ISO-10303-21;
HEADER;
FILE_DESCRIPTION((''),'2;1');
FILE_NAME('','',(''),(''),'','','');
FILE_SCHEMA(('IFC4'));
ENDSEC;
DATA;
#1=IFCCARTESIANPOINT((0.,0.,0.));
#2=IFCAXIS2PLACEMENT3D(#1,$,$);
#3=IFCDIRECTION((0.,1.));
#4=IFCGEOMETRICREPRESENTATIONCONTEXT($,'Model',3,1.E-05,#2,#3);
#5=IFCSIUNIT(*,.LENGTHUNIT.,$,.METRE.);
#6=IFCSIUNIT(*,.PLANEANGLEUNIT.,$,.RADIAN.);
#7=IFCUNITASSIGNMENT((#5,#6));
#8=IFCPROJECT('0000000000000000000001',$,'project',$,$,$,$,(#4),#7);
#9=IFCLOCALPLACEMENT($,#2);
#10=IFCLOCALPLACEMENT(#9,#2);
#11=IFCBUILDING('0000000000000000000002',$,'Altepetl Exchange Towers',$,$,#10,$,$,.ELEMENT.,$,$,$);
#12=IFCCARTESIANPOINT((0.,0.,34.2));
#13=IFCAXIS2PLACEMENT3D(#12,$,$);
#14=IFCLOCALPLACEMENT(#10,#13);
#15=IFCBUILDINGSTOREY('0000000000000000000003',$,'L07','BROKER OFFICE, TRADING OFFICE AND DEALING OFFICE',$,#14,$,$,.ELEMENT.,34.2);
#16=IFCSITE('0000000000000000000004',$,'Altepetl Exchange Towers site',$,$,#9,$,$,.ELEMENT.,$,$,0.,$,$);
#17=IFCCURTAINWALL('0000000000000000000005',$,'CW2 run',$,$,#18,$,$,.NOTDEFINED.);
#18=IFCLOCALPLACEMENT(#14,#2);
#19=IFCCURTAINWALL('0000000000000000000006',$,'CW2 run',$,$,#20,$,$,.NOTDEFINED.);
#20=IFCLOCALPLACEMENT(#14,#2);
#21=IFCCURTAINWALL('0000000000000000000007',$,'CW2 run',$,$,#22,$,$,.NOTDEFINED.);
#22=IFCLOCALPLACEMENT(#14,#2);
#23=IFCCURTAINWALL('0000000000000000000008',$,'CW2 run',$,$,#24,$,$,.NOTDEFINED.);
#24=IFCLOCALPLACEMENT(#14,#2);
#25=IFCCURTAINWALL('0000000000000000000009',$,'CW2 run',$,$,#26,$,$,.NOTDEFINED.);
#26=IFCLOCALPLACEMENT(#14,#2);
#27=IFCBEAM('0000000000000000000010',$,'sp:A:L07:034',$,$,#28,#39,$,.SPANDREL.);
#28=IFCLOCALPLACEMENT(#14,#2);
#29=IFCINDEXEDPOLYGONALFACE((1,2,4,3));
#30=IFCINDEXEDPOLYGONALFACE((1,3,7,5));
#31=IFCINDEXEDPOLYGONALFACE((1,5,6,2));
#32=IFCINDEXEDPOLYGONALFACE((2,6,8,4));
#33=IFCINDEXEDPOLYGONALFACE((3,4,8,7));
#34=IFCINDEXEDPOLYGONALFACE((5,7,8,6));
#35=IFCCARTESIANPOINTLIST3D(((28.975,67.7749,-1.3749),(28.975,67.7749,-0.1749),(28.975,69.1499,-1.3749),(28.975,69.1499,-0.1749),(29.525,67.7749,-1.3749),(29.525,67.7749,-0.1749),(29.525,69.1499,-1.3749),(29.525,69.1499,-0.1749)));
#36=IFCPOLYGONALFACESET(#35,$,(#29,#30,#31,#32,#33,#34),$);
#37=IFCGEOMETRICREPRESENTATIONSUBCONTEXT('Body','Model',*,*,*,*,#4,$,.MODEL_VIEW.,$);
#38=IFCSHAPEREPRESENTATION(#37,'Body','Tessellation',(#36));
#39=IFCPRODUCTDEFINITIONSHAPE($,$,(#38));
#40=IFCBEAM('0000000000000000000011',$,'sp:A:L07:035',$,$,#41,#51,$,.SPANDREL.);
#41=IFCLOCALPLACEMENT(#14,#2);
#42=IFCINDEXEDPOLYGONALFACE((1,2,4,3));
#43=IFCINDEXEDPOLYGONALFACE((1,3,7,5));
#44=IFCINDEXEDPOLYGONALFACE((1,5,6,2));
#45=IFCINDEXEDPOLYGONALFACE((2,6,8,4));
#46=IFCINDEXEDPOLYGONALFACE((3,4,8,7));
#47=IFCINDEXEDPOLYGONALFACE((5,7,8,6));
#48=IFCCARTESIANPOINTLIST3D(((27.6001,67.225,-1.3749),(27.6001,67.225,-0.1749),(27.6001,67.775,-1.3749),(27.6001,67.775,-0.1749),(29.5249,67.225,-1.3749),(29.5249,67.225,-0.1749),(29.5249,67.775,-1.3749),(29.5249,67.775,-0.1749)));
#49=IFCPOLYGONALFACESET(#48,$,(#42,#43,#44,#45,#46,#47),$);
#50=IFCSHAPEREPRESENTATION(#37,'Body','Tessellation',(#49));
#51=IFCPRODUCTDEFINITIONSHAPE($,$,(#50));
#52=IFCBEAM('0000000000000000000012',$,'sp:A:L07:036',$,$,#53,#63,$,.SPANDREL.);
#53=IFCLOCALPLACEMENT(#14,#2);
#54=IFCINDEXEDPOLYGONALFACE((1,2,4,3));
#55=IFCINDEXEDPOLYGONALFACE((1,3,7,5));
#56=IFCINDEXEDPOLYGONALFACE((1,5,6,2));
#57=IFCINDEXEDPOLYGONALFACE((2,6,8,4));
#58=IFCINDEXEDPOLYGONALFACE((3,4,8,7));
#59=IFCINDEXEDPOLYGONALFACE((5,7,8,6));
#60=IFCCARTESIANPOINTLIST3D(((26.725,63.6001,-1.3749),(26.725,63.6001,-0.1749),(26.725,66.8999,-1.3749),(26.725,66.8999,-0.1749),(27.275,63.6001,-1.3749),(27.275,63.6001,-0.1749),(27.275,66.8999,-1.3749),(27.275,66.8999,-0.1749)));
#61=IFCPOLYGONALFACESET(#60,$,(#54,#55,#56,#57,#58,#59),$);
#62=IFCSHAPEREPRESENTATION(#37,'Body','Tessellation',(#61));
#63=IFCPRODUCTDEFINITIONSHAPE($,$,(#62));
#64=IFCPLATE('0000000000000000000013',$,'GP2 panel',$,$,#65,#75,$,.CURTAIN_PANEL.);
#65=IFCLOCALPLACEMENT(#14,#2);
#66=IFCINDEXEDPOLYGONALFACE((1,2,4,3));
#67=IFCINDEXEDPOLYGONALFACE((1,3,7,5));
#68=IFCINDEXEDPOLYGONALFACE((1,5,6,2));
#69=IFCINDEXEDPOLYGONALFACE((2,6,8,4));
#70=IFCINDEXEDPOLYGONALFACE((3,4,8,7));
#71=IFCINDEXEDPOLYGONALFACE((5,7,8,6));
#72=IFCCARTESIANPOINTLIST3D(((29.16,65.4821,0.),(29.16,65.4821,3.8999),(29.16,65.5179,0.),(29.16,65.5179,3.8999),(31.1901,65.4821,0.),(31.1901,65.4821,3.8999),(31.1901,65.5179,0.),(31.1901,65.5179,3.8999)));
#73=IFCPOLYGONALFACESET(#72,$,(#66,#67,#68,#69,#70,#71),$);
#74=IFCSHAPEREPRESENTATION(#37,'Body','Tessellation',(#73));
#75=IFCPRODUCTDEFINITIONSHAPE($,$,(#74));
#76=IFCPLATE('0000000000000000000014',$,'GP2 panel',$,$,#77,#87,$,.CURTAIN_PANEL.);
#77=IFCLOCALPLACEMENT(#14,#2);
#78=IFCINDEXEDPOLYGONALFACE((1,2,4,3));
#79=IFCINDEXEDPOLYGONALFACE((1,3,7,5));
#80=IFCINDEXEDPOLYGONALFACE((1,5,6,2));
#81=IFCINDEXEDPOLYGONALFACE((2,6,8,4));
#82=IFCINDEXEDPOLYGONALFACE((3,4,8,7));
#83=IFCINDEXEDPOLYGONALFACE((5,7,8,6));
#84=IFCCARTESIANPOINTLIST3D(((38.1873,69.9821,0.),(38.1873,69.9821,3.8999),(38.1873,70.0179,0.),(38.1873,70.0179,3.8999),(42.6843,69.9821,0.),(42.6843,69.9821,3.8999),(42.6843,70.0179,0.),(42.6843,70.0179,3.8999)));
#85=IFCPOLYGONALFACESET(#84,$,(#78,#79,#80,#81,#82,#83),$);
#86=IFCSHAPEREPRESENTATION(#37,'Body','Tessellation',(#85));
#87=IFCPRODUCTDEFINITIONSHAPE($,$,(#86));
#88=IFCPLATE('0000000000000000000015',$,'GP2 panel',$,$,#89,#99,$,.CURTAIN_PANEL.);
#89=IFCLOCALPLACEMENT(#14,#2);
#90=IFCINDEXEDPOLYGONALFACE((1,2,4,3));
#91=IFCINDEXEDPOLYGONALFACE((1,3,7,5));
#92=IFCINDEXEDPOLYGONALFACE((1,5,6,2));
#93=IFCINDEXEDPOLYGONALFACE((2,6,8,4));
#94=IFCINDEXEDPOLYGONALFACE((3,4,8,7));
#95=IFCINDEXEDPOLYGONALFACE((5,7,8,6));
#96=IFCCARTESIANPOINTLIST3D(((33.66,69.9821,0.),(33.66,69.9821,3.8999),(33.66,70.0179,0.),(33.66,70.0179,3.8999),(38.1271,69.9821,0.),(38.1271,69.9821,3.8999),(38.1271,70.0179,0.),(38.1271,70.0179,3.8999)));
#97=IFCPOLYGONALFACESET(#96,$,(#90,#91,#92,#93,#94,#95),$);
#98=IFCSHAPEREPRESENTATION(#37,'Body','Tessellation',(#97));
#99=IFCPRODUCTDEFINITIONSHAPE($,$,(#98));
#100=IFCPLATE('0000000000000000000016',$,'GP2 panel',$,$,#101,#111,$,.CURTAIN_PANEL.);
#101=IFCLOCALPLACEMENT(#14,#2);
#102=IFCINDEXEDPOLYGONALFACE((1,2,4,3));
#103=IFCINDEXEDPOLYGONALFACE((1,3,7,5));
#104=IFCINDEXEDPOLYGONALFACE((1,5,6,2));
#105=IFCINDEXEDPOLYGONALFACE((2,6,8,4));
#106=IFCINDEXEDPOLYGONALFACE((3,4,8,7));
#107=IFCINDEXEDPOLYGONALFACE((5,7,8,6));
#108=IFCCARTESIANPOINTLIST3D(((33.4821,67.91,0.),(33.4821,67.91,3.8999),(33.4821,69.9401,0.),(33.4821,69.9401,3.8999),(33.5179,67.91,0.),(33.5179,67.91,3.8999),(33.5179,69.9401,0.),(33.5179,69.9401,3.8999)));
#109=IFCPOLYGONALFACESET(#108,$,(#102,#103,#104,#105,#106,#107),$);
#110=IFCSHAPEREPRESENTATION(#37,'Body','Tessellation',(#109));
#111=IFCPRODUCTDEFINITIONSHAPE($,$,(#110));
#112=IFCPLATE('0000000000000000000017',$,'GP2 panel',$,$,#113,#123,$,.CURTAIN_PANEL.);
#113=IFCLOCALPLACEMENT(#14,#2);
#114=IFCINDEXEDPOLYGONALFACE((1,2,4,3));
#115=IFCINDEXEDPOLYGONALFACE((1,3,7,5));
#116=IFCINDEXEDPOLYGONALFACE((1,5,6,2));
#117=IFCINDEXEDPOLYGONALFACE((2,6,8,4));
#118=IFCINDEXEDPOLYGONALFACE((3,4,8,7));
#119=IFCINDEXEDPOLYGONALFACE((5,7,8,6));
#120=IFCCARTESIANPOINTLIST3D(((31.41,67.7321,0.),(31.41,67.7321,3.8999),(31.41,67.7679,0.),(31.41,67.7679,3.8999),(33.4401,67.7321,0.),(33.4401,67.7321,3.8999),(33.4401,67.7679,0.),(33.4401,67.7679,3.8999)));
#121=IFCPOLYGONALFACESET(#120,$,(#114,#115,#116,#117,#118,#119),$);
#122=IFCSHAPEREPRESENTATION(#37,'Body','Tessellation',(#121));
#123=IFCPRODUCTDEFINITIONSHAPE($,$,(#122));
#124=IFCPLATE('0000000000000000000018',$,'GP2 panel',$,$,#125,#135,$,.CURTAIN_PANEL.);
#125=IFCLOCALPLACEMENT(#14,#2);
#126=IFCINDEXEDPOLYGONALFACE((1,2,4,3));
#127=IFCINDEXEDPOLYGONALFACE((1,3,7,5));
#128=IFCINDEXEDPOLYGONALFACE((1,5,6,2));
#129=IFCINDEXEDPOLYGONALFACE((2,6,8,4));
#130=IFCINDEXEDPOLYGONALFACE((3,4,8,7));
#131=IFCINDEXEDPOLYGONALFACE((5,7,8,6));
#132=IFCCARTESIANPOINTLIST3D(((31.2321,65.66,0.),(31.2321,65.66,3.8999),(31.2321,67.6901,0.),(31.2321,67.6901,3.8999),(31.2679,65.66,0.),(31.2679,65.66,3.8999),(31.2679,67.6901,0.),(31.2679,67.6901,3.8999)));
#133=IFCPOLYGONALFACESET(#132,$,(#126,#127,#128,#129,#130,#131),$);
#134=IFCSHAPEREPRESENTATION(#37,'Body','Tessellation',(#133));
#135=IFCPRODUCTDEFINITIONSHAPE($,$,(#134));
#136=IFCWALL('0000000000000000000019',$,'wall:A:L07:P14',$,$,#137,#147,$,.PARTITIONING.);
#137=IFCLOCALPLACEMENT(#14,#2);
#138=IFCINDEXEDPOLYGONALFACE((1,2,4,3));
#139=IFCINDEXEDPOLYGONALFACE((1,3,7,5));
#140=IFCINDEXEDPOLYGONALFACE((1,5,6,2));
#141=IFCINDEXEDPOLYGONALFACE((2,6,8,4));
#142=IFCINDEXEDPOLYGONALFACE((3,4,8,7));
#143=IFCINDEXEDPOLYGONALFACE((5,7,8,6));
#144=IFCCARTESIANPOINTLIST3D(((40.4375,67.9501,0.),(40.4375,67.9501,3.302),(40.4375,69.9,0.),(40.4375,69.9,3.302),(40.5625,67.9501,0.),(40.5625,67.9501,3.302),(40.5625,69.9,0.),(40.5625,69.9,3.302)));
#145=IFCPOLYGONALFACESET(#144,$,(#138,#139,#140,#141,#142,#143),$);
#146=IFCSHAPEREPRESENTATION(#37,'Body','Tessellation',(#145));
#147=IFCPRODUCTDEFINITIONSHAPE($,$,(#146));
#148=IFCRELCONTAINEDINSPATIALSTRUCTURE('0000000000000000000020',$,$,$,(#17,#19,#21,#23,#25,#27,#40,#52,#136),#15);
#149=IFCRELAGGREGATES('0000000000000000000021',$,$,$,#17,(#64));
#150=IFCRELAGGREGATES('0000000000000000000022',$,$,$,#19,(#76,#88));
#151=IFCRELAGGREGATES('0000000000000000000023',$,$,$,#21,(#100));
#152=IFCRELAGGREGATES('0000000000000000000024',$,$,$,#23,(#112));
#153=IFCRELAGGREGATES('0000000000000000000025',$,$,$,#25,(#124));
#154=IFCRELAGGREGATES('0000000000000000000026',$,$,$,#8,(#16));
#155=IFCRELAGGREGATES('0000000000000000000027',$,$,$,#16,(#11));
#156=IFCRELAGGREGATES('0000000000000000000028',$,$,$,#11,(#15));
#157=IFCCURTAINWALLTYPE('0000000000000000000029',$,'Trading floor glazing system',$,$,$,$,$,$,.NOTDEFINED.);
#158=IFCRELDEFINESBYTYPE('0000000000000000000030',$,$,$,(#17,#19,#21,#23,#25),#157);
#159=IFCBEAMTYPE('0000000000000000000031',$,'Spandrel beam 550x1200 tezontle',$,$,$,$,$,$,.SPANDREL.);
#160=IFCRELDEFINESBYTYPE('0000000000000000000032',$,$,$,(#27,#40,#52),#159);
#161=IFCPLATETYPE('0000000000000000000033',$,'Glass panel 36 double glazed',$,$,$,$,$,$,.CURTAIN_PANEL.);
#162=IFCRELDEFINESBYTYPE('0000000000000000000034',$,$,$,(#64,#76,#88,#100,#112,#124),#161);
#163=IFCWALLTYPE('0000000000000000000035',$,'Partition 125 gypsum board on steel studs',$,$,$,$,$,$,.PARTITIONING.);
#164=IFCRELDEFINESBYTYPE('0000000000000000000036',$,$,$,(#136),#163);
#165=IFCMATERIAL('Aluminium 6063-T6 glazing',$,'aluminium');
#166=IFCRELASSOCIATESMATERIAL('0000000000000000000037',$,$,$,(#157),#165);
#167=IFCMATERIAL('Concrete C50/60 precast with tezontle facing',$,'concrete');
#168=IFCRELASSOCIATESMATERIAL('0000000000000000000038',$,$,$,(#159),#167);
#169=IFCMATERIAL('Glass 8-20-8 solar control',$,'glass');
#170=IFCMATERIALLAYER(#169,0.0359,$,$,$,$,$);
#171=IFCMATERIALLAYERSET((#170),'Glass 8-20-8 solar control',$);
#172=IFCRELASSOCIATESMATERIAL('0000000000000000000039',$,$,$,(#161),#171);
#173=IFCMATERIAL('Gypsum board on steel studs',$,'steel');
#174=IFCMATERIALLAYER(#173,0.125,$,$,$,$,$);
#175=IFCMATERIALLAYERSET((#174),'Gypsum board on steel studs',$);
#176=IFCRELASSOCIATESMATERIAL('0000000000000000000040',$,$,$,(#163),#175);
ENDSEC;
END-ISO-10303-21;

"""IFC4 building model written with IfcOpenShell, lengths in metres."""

from ifc_helpers import new_model, si_unit, direction, frame, frame_2d, origin, origin_2d, place, context, subcontext, project, spatial, rectangle, extrude, material, layer, layer_set, material_profile, profile_set, type_object, element, aggregate, save


model = new_model("IFC4")

# Units and contexts
model_context = context("Model", 3, precision=1e-05, world=origin(), true_north=direction((0.0, 1.0)))
body_context = subcontext(model_context, "Body", "Model", "MODEL_VIEW")
ifc_project = project(units=[si_unit("LENGTHUNIT", "METRE"), si_unit("PLANEANGLEUNIT", "RADIAN")], contexts=[model_context])

# Site, building, storey
site_placement = place(None, origin())
site = spatial("IfcSite", under=ifc_project, at=site_placement, Name="Altepetl Exchange Towers site", CompositionType="ELEMENT", RefElevation=0.0)
building_placement = place(site_placement, origin())
building = spatial("IfcBuilding", under=site, at=building_placement, Name="Altepetl Exchange Towers", CompositionType="ELEMENT")
storey_placement = place(building_placement, frame((0.0, 0.0, 34.2)))
storey = spatial("IfcBuildingStorey", under=building, at=storey_placement, Name="L07", Description="BROKER OFFICE, TRADING OFFICE AND DEALING OFFICE", CompositionType="ELEMENT", Elevation=34.2)

# Curtain walls
ifc_material_1 = material(Name="Aluminium 6063-T6 glazing", Category="aluminium")
curtain_wall_type = type_object("IfcCurtainWallType", Name="Trading floor glazing system", PredefinedType="NOTDEFINED", material=ifc_material_1)
curtain_wall_1_placement = place(storey_placement, origin())
curtain_wall_1 = element("IfcCurtainWall", 1, at=curtain_wall_1_placement, inside=storey, type_object=curtain_wall_type, Name="CW2 run", PredefinedType="NOTDEFINED")
curtain_wall_2_placement = place(storey_placement, origin())
curtain_wall_2 = element("IfcCurtainWall", 2, at=curtain_wall_2_placement, inside=storey, type_object=curtain_wall_type, Name="CW2 run", PredefinedType="NOTDEFINED")
curtain_wall_3_placement = place(storey_placement, origin())
curtain_wall_3 = element("IfcCurtainWall", 3, at=curtain_wall_3_placement, inside=storey, type_object=curtain_wall_type, Name="CW2 run", PredefinedType="NOTDEFINED")
curtain_wall_4_placement = place(storey_placement, origin())
curtain_wall_4 = element("IfcCurtainWall", 4, at=curtain_wall_4_placement, inside=storey, type_object=curtain_wall_type, Name="CW2 run", PredefinedType="NOTDEFINED")
curtain_wall_5_placement = place(storey_placement, origin())
curtain_wall_5 = element("IfcCurtainWall", 5, at=curtain_wall_5_placement, inside=storey, type_object=curtain_wall_type, Name="CW2 run", PredefinedType="NOTDEFINED")

# Beams
ifc_material_2 = material(Name="Concrete C50/60 precast with tezontle facing", Category="concrete")
ifc_material_profile_1 = material_profile(ifc_material_2, rectangle(XDim=0.55, YDim=1.2, at=origin_2d()), Name="550 x 1200")
ifc_profile_set_1 = profile_set([ifc_material_profile_1], Name="Concrete C50/60 precast with tezontle facing")
beam_type_1 = type_object("IfcBeamType", Name="Spandrel beam 550x1200 tezontle", PredefinedType="SPANDREL", material=ifc_profile_set_1)
beam_1_placement = place(storey_placement, frame((29.25, 69.1499, -0.7749), z_axis=(0.0, -1.0, 0.0), x_axis=(1.0, 0.0, 0.0)))
element("IfcBeam", 6, at=beam_1_placement, inside=storey, type_object=beam_type_1, Name="sp:A:L07:034", PredefinedType="SPANDREL", context=body_context, shape_type="SweptSolid", body=[
    extrude(rectangle(XDim=0.55, YDim=1.2, at=origin_2d()), origin(), (0.0, 0.0, 1.0), 1.375),
])
beam_2_placement = place(storey_placement, frame((29.5249, 67.5, -0.7749), z_axis=(-1.0, 0.0, 0.0), x_axis=(0.0, -1.0, 0.0)))
element("IfcBeam", 7, at=beam_2_placement, inside=storey, type_object=beam_type_1, Name="sp:A:L07:035", PredefinedType="SPANDREL", context=body_context, shape_type="SweptSolid", body=[
    extrude(rectangle(XDim=0.55, YDim=1.2, at=origin_2d()), origin(), (0.0, 0.0, 1.0), 1.9248),
])
beam_3_placement = place(storey_placement, frame((27.0, 66.8999, -0.7749), z_axis=(0.0, -1.0, 0.0), x_axis=(1.0, 0.0, 0.0)))
element("IfcBeam", 8, at=beam_3_placement, inside=storey, type_object=beam_type_1, Name="sp:A:L07:036", PredefinedType="SPANDREL", context=body_context, shape_type="SweptSolid", body=[
    extrude(rectangle(XDim=0.55, YDim=1.2, at=origin_2d()), origin(), (0.0, 0.0, 1.0), 3.2998),
])

# Plates
ifc_material_3 = material(Name="Glass 8-20-8 solar control", Category="glass")
ifc_layer_1 = layer(ifc_material_3, 0.0359)
ifc_layer_set_1 = layer_set([ifc_layer_1], Name="Glass 8-20-8 solar control")
plate_type = type_object("IfcPlateType", Name="Glass panel 36 double glazed", PredefinedType="CURTAIN_PANEL", material=ifc_layer_set_1)
plate_1_placement = place(storey_placement, frame((30.175, 65.5, 0.0), z_axis=(0.0, 0.0, 1.0), x_axis=(-1.0, 0.0, 0.0)))
plate_1 = element("IfcPlate", 9, at=plate_1_placement, type_object=plate_type, Name="GP2 panel", PredefinedType="CURTAIN_PANEL", context=body_context, shape_type="SweptSolid", body=[
    extrude(rectangle(XDim=2.03, YDim=0.0359, at=origin_2d()), origin(), (0.0, 0.0, 1.0), 3.8999),
])
aggregate(curtain_wall_1, [plate_1])
plate_2_placement = place(storey_placement, frame((40.4358, 70.0, 0.0), z_axis=(0.0, 0.0, 1.0), x_axis=(-1.0, 0.0, 0.0)))
plate_2 = element("IfcPlate", 10, at=plate_2_placement, type_object=plate_type, Name="GP2 panel", PredefinedType="CURTAIN_PANEL", context=body_context, shape_type="SweptSolid", body=[
    extrude(rectangle(XDim=4.4971, YDim=0.0359, at=origin_2d()), origin(), (0.0, 0.0, 1.0), 3.8999),
])
plate_3_placement = place(storey_placement, frame((35.8936, 70.0, 0.0), z_axis=(0.0, 0.0, 1.0), x_axis=(-1.0, 0.0, 0.0)))
plate_3 = element("IfcPlate", 11, at=plate_3_placement, type_object=plate_type, Name="GP2 panel", PredefinedType="CURTAIN_PANEL", context=body_context, shape_type="SweptSolid", body=[
    extrude(rectangle(XDim=4.467, YDim=0.0359, at=origin_2d()), origin(), (0.0, 0.0, 1.0), 3.8999),
])
aggregate(curtain_wall_2, [plate_2, plate_3])
plate_4_placement = place(storey_placement, frame((33.5, 68.925, 0.0), z_axis=(0.0, 0.0, 1.0), x_axis=(0.0, -1.0, 0.0)))
plate_4 = element("IfcPlate", 12, at=plate_4_placement, type_object=plate_type, Name="GP2 panel", PredefinedType="CURTAIN_PANEL", context=body_context, shape_type="SweptSolid", body=[
    extrude(rectangle(XDim=2.03, YDim=0.0359, at=origin_2d()), origin(), (0.0, 0.0, 1.0), 3.8999),
])
aggregate(curtain_wall_3, [plate_4])
plate_5_placement = place(storey_placement, frame((32.425, 67.75, 0.0), z_axis=(0.0, 0.0, 1.0), x_axis=(-1.0, 0.0, 0.0)))
plate_5 = element("IfcPlate", 13, at=plate_5_placement, type_object=plate_type, Name="GP2 panel", PredefinedType="CURTAIN_PANEL", context=body_context, shape_type="SweptSolid", body=[
    extrude(rectangle(XDim=2.03, YDim=0.0359, at=origin_2d()), origin(), (0.0, 0.0, 1.0), 3.8999),
])
aggregate(curtain_wall_4, [plate_5])
plate_6_placement = place(storey_placement, frame((31.25, 66.675, 0.0), z_axis=(0.0, 0.0, 1.0), x_axis=(0.0, -1.0, 0.0)))
plate_6 = element("IfcPlate", 14, at=plate_6_placement, type_object=plate_type, Name="GP2 panel", PredefinedType="CURTAIN_PANEL", context=body_context, shape_type="SweptSolid", body=[
    extrude(rectangle(XDim=2.03, YDim=0.0359, at=origin_2d()), origin(), (0.0, 0.0, 1.0), 3.8999),
])
aggregate(curtain_wall_5, [plate_6])

# Wall
ifc_material_4 = material(Name="Gypsum board on steel studs", Category="steel")
ifc_layer_2 = layer(ifc_material_4, 0.125)
ifc_layer_set_2 = layer_set([ifc_layer_2], Name="Gypsum board on steel studs")
wall_type = type_object("IfcWallType", Name="Partition 125 gypsum board on steel studs", PredefinedType="PARTITIONING", material=ifc_layer_set_2)
wall_placement = place(storey_placement, frame((40.5, 67.95, 0.0), z_axis=(0.0, 0.0, 1.0), x_axis=(0.0, 1.0, 0.0)))
element("IfcWall", 15, at=wall_placement, inside=storey, type_object=wall_type, Name="wall:A:L07:P14", PredefinedType="PARTITIONING", context=body_context, shape_type="SweptSolid", body=[
    extrude(rectangle(XDim=1.95, YDim=0.125, at=frame_2d((0.9751, 0.0))), origin(), (0.0, 0.0, 1.0), 3.302),
])

save(model, "model.ifc")
